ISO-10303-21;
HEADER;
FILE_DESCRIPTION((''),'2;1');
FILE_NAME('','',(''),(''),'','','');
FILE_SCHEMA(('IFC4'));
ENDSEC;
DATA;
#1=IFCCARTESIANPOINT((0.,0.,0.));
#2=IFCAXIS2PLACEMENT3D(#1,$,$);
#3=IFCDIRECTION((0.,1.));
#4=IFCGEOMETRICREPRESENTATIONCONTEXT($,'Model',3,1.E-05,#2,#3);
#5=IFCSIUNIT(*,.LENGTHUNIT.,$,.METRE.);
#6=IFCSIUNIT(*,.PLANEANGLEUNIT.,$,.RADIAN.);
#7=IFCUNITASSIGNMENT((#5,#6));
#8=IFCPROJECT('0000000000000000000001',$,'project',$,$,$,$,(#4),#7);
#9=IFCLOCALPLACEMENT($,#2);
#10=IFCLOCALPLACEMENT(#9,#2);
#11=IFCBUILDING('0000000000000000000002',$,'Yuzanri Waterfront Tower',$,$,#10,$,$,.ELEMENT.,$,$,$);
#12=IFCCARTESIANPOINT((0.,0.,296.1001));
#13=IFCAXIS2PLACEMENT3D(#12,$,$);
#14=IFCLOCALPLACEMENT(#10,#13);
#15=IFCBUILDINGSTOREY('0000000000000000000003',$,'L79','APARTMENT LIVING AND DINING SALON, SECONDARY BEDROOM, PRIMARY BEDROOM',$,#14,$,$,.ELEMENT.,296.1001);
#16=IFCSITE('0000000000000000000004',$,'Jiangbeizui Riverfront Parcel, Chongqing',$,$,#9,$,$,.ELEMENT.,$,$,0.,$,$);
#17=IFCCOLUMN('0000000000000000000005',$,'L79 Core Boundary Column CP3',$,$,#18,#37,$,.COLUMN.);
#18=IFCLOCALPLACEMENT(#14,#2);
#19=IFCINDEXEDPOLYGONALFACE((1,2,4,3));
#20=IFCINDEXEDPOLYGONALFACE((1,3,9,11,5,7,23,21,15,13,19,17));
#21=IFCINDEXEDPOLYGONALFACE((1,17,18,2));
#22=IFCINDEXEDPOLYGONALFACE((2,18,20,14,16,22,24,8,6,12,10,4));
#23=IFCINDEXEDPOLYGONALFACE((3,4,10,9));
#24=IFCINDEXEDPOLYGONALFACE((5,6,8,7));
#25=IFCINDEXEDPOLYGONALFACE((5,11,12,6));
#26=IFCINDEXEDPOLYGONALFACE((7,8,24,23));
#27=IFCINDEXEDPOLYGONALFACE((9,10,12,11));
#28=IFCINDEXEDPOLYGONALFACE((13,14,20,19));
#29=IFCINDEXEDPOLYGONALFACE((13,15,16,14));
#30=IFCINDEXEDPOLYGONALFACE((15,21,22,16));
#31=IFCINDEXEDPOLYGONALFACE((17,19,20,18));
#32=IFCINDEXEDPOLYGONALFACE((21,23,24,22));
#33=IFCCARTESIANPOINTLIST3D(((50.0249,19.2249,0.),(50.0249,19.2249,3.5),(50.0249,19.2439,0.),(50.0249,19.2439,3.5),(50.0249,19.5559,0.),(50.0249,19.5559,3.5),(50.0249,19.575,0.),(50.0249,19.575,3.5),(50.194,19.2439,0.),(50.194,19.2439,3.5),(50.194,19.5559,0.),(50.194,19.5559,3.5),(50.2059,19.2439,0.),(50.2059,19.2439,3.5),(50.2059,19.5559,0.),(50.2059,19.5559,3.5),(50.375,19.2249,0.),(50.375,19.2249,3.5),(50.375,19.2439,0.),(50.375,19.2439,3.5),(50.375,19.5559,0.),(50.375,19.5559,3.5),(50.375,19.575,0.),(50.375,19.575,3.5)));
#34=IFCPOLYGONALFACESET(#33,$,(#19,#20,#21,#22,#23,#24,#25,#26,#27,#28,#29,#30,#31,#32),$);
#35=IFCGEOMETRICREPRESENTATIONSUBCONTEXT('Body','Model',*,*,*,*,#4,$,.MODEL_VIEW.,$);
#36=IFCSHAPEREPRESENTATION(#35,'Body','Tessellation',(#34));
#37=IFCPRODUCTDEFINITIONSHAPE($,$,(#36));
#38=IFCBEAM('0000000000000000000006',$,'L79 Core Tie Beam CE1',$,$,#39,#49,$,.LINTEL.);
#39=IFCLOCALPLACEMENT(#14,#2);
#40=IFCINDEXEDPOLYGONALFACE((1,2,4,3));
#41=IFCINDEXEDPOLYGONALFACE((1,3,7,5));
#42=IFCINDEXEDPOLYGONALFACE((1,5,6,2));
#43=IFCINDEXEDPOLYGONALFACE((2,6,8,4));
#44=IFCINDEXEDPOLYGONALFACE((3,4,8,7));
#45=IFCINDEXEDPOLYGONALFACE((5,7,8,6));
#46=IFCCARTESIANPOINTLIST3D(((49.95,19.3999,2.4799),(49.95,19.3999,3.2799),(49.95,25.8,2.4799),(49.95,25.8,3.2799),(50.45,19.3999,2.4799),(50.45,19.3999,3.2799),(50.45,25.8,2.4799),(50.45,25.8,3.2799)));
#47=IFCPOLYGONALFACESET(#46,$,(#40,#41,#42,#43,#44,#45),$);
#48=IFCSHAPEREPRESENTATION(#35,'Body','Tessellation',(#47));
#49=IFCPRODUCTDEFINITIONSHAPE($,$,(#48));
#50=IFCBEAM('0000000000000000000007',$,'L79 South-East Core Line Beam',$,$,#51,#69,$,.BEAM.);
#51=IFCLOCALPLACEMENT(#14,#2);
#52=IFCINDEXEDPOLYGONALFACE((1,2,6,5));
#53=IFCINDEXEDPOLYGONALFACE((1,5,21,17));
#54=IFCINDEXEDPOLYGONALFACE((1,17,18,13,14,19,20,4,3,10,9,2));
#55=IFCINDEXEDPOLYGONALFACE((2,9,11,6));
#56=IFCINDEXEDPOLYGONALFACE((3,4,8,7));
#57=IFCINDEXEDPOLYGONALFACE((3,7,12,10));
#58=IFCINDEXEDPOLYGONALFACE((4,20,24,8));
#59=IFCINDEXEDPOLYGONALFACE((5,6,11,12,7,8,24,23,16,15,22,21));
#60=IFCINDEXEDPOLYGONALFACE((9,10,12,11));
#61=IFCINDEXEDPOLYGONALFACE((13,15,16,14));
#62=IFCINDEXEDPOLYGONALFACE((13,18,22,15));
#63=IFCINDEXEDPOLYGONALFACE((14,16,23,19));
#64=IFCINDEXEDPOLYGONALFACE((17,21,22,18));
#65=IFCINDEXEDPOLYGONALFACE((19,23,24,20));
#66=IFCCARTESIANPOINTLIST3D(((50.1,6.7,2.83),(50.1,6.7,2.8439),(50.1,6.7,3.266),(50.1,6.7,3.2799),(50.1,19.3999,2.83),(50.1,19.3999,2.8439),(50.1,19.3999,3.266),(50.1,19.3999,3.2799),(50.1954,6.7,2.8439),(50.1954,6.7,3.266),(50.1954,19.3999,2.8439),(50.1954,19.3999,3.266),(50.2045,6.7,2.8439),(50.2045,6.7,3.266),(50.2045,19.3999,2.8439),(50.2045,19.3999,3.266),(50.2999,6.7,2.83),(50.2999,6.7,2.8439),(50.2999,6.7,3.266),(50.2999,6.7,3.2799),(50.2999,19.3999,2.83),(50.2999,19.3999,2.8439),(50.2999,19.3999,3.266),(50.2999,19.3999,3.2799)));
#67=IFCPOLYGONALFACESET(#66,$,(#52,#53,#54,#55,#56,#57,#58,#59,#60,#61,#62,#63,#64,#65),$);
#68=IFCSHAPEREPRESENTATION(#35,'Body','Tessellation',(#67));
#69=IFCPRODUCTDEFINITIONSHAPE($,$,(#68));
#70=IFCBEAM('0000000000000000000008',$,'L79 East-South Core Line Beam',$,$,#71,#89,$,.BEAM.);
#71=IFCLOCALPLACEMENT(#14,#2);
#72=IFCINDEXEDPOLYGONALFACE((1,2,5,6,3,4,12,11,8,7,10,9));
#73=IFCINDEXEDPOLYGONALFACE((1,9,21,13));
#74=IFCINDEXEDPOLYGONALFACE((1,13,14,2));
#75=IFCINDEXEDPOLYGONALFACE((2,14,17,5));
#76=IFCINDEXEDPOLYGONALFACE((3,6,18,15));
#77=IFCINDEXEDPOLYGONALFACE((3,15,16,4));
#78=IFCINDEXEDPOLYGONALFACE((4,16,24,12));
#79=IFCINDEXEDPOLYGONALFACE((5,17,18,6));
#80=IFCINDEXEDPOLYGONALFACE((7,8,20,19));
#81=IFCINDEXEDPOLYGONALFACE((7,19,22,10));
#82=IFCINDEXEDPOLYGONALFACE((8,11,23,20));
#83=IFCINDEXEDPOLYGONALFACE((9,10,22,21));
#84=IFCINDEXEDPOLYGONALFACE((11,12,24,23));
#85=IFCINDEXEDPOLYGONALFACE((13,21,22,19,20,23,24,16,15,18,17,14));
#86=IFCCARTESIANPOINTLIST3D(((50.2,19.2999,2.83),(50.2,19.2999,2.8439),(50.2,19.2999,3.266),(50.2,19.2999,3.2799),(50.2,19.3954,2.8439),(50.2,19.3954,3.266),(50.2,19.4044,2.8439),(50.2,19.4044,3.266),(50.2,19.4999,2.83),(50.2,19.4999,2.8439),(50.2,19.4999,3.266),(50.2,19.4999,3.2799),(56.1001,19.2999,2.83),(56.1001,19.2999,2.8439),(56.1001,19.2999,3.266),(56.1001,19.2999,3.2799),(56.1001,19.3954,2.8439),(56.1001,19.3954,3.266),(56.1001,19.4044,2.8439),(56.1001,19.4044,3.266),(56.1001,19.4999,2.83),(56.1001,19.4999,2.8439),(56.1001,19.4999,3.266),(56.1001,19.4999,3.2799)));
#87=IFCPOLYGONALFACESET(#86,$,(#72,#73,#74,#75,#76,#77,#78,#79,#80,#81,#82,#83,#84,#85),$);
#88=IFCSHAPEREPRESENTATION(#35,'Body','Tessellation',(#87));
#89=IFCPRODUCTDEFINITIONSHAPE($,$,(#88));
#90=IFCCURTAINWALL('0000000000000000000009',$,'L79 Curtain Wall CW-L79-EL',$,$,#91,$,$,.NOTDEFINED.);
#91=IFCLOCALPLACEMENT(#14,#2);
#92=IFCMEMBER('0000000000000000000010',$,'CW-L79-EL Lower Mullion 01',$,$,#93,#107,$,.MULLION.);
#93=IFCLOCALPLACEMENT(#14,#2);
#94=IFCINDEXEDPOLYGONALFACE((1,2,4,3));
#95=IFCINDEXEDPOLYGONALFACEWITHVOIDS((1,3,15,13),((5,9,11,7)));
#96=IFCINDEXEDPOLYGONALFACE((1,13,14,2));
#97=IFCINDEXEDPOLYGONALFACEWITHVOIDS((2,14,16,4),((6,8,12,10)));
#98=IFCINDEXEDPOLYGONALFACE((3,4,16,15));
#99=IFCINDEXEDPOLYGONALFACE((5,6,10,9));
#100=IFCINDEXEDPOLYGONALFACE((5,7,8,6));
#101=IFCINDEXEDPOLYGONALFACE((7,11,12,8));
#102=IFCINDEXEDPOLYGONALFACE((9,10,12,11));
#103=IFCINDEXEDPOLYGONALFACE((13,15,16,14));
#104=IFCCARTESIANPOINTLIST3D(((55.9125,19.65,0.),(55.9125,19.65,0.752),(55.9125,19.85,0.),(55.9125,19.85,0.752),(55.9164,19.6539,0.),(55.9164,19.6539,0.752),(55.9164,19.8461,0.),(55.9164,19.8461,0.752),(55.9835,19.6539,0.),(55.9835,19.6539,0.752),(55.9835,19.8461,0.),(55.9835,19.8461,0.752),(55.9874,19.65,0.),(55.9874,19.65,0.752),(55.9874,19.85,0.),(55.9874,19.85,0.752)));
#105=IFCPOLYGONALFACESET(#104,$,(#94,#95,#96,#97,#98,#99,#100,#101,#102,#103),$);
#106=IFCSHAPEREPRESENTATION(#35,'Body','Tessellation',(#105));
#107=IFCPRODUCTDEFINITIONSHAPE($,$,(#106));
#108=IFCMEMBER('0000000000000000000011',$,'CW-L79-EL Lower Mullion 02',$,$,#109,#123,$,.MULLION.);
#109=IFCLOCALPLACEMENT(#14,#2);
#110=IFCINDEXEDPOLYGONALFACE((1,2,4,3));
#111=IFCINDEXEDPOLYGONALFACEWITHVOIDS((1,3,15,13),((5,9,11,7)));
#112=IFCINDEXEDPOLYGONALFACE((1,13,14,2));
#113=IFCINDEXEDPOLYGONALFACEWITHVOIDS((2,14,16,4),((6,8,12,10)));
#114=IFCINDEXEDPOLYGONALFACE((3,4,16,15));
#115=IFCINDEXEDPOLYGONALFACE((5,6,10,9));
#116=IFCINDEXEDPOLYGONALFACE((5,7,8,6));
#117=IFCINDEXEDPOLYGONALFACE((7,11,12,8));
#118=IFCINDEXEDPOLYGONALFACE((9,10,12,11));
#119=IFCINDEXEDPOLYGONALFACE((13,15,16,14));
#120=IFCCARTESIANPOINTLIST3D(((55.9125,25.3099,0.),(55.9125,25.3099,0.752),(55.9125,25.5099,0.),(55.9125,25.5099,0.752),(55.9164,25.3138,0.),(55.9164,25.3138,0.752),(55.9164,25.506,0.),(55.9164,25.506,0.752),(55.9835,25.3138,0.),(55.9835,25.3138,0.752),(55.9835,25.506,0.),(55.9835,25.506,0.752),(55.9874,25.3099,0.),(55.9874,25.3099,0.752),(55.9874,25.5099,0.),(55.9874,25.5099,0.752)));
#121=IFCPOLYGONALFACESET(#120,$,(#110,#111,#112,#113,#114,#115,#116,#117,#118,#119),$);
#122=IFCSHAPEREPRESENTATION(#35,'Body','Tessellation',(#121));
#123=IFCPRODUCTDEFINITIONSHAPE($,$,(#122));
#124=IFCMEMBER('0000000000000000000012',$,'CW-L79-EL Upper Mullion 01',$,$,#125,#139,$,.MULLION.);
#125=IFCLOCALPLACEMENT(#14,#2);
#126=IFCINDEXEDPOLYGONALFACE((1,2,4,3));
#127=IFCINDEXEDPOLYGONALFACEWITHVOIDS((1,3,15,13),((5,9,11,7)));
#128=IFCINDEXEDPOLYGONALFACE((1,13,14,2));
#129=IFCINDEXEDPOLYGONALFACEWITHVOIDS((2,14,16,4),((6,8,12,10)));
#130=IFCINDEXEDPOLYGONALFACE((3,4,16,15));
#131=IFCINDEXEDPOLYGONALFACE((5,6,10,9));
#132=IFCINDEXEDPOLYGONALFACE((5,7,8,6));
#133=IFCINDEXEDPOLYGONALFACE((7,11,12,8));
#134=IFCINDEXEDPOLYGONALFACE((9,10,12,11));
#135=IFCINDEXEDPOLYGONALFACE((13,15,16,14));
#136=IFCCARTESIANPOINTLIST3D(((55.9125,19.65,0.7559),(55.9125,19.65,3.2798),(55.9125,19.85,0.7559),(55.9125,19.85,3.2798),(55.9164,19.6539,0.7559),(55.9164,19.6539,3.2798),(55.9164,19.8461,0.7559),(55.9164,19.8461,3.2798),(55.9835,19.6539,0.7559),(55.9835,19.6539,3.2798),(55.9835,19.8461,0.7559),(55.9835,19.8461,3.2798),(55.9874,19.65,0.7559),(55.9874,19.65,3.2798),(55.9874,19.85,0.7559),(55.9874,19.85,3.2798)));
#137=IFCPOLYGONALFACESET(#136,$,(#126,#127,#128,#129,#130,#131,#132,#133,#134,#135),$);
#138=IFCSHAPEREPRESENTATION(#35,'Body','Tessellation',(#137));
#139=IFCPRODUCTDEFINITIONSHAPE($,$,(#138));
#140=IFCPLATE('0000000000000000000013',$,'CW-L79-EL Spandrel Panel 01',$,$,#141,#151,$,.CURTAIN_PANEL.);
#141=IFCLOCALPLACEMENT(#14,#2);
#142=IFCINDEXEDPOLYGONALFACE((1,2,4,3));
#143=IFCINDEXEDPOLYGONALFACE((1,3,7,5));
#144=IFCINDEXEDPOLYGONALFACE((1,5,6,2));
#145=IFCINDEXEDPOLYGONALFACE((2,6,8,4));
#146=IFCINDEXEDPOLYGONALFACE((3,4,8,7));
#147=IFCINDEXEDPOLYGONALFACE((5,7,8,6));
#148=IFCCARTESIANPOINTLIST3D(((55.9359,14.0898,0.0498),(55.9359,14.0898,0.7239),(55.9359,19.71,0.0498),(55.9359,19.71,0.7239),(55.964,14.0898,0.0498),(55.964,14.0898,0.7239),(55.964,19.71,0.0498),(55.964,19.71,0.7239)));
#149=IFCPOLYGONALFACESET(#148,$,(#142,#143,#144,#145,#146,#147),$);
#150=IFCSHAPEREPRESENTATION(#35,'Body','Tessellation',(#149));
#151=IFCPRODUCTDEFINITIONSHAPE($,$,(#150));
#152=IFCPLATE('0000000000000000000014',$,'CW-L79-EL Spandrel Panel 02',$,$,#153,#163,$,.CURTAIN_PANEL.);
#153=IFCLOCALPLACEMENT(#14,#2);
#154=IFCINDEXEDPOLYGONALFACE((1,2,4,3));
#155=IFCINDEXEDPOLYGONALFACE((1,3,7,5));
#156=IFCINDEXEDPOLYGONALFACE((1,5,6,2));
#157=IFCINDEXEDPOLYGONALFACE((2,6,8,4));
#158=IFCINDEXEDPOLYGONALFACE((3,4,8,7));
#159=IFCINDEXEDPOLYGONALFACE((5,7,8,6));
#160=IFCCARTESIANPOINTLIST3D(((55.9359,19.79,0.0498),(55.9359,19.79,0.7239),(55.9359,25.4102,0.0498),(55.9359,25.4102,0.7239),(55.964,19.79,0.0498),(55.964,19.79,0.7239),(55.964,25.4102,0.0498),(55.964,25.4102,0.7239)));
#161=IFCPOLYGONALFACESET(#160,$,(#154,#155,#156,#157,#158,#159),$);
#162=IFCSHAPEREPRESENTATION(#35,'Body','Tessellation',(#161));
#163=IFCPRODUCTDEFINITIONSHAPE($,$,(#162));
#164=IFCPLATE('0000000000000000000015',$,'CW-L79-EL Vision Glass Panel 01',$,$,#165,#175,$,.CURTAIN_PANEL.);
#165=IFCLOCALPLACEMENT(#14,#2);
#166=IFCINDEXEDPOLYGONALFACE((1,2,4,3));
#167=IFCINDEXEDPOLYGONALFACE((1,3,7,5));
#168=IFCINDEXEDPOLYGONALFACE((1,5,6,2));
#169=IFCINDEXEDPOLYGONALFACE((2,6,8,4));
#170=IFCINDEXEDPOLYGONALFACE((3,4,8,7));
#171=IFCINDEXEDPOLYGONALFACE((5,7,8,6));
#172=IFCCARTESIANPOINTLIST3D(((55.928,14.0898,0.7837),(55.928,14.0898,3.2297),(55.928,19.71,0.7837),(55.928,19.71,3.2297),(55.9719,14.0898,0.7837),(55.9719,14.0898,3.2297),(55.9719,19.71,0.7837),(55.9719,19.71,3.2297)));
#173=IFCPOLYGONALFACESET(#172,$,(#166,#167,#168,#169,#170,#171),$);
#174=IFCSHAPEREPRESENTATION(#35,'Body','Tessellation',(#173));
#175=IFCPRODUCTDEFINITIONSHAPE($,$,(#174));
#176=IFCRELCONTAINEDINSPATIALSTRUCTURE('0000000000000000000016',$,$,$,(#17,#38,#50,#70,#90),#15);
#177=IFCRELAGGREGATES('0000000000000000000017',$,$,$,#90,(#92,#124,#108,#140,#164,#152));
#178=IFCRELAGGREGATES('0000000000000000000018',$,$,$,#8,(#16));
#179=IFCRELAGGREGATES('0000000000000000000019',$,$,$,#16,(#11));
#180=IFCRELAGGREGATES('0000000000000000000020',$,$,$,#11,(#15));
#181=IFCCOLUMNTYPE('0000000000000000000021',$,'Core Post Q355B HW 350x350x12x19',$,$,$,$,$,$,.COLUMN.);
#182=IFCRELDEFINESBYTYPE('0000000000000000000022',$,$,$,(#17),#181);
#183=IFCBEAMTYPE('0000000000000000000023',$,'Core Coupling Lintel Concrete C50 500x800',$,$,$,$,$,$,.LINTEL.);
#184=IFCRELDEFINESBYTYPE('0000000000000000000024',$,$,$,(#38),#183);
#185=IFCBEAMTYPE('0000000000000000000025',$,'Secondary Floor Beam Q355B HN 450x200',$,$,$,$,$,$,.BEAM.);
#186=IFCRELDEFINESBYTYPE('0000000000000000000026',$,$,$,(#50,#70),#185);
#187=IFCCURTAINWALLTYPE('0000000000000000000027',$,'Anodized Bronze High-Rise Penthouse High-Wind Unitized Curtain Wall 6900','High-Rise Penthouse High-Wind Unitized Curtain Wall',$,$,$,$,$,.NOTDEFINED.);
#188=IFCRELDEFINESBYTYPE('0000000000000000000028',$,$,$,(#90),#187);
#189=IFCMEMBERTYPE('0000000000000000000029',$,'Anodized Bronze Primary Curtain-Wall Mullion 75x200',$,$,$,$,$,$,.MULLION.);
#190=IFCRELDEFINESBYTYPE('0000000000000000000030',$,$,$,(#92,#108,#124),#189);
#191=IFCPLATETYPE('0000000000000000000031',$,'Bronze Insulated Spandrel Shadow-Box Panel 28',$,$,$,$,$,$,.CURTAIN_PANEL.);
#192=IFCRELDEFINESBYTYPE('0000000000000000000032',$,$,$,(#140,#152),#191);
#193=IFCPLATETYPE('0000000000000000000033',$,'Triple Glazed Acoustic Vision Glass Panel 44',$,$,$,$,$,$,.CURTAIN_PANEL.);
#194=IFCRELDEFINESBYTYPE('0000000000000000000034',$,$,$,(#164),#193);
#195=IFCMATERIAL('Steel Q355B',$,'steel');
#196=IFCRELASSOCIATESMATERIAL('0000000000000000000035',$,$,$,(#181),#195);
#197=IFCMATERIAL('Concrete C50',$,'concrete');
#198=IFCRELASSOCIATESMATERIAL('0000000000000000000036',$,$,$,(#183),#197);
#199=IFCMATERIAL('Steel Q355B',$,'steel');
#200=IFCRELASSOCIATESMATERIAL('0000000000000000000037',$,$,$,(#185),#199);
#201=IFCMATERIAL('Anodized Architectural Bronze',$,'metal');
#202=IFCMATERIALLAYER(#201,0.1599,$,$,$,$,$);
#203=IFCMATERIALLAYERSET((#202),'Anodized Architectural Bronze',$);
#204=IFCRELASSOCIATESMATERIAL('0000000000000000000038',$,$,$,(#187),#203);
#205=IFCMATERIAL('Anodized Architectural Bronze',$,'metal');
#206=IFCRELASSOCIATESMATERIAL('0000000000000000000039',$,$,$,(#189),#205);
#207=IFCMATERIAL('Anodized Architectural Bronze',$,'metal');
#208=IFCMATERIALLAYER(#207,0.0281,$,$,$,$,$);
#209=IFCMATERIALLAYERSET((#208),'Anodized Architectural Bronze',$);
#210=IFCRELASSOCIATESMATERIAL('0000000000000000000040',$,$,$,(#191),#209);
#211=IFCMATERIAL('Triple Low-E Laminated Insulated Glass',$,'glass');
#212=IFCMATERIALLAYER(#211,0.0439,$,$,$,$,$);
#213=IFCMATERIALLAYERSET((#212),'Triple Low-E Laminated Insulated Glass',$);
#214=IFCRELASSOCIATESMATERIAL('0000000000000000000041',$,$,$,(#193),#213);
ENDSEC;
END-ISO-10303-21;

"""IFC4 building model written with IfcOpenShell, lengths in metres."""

from ifc_helpers import new_model, si_unit, direction, frame, origin, origin_2d, place, context, subcontext, project, spatial, rectangle, hollow_rectangle, i_section, extrude, source, transform, mapped, material, layer, layer_set, material_profile, profile_set, type_object, element, aggregate, save


model = new_model("IFC4")

# Units and contexts
model_context = context("Model", 3, precision=1e-05, world=origin(), true_north=direction((0.0, 1.0)))
body_context = subcontext(model_context, "Body", "Model", "MODEL_VIEW")
ifc_project = project(units=[si_unit("LENGTHUNIT", "METRE"), si_unit("PLANEANGLEUNIT", "RADIAN")], contexts=[model_context])

# Site, building, storey
site_placement = place(None, origin())
site = spatial("IfcSite", under=ifc_project, at=site_placement, Name="Jiangbeizui Riverfront Parcel, Chongqing", CompositionType="ELEMENT", RefElevation=0.0)
building_placement = place(site_placement, origin())
building = spatial("IfcBuilding", under=site, at=building_placement, Name="Yuzanri Waterfront Tower", CompositionType="ELEMENT")
storey_placement = place(building_placement, frame((0.0, 0.0, 296.1001)))
storey = spatial("IfcBuildingStorey", under=building, at=storey_placement, Name="L79", Description="APARTMENT LIVING AND DINING SALON, SECONDARY BEDROOM, PRIMARY BEDROOM", CompositionType="ELEMENT", Elevation=296.1001)

# Column
ifc_material_1 = material(Name="Steel Q355B", Category="steel")
ifc_material_profile_1 = material_profile(ifc_material_1, i_section(OverallWidth=0.3501, OverallDepth=0.3501, WebThickness=0.012, FlangeThickness=0.019, at=origin_2d()), Name="HW 350x350x12x19")
ifc_profile_set_1 = profile_set([ifc_material_profile_1], Name="Steel Q355B")
column_type = type_object("IfcColumnType", Name="Core Post Q355B HW 350x350x12x19", PredefinedType="COLUMN", material=ifc_profile_set_1)
shared_shape_1 = source(origin(), body_context, "Body", "SweptSolid", [
    extrude(i_section(OverallWidth=0.3501, OverallDepth=0.3501, WebThickness=0.012, FlangeThickness=0.019, at=origin_2d()), origin(), (0.0, 0.0, 1.0), 3.5),
])
column_placement = place(storey_placement, frame((50.2, 19.3999, 0.0), z_axis=(0.0, 0.0, 1.0), x_axis=(1.0, 0.0, 0.0)))
element("IfcColumn", 1, at=column_placement, inside=storey, type_object=column_type, Name="L79 Core Boundary Column CP3", PredefinedType="COLUMN", context=body_context, shape_type="MappedRepresentation", body=[
    mapped(shared_shape_1, transform((0.0, 0.0, 0.0), scale=1.0)),
])

# Beams
ifc_material_2 = material(Name="Concrete C50", Category="concrete")
ifc_material_profile_2 = material_profile(ifc_material_2, rectangle(XDim=0.5, YDim=0.8, at=origin_2d()), Name="RC 500x800")
ifc_profile_set_2 = profile_set([ifc_material_profile_2], Name="Concrete C50")
beam_type_1 = type_object("IfcBeamType", Name="Core Coupling Lintel Concrete C50 500x800", PredefinedType="LINTEL", material=ifc_profile_set_2)
shared_shape_2 = source(origin(), body_context, "Body", "SweptSolid", [
    extrude(rectangle(XDim=0.5, YDim=0.8, at=origin_2d()), origin(), (0.0, 0.0, 1.0), 6.4001),
])
beam_1_placement = place(storey_placement, frame((50.2, 19.3999, 2.8799), z_axis=(0.0, 1.0, 0.0), x_axis=(-1.0, 0.0, 0.0)))
element("IfcBeam", 2, at=beam_1_placement, inside=storey, type_object=beam_type_1, Name="L79 Core Tie Beam CE1", PredefinedType="LINTEL", context=body_context, shape_type="MappedRepresentation", body=[
    mapped(shared_shape_2, transform((0.0, 0.0, 0.0), scale=1.0)),
])
ifc_material_3 = material(Name="Steel Q355B", Category="steel")
ifc_material_profile_3 = material_profile(ifc_material_3, i_section(OverallWidth=0.2, OverallDepth=0.45, WebThickness=0.009, FlangeThickness=0.0139, at=origin_2d()), Name="HN 450x200x9x14")
ifc_profile_set_3 = profile_set([ifc_material_profile_3], Name="Steel Q355B")
beam_type_2 = type_object("IfcBeamType", Name="Secondary Floor Beam Q355B HN 450x200", PredefinedType="BEAM", material=ifc_profile_set_3)
shared_shape_3 = source(origin(), body_context, "Body", "SweptSolid", [
    extrude(i_section(OverallWidth=0.2, OverallDepth=0.45, WebThickness=0.009, FlangeThickness=0.0139, at=origin_2d()), origin(), (0.0, 0.0, 1.0), 12.7),
])
beam_2_placement = place(storey_placement, frame((50.2, 19.3999, 3.0549), z_axis=(0.0, -1.0, 0.0), x_axis=(1.0, 0.0, 0.0)))
element("IfcBeam", 3, at=beam_2_placement, inside=storey, type_object=beam_type_2, Name="L79 South-East Core Line Beam", PredefinedType="BEAM", context=body_context, shape_type="MappedRepresentation", body=[
    mapped(shared_shape_3, transform((0.0, 0.0, 0.0), scale=1.0)),
])
shared_shape_4 = source(origin(), body_context, "Body", "SweptSolid", [
    extrude(i_section(OverallWidth=0.2, OverallDepth=0.45, WebThickness=0.009, FlangeThickness=0.0139, at=origin_2d()), origin(), (0.0, 0.0, 1.0), 5.9001),
])
beam_3_placement = place(storey_placement, frame((50.2, 19.3999, 3.0549), z_axis=(1.0, 0.0, 0.0), x_axis=(0.0, 1.0, 0.0)))
element("IfcBeam", 4, at=beam_3_placement, inside=storey, type_object=beam_type_2, Name="L79 East-South Core Line Beam", PredefinedType="BEAM", context=body_context, shape_type="MappedRepresentation", body=[
    mapped(shared_shape_4, transform((0.0, 0.0, 0.0), scale=1.0)),
])

# Curtain wall, members, plates
ifc_material_4 = material(Name="Anodized Architectural Bronze", Category="metal")
ifc_layer_1 = layer(ifc_material_4, 0.1599)
ifc_layer_set_1 = layer_set([ifc_layer_1], Name="Anodized Architectural Bronze")
curtain_wall_type = type_object("IfcCurtainWallType", Name="Anodized Bronze High-Rise Penthouse High-Wind Unitized Curtain Wall 6900", Description="High-Rise Penthouse High-Wind Unitized Curtain Wall", PredefinedType="NOTDEFINED", material=ifc_layer_set_1)
curtain_wall_placement = place(storey_placement, origin())
curtain_wall = element("IfcCurtainWall", 5, at=curtain_wall_placement, inside=storey, type_object=curtain_wall_type, Name="L79 Curtain Wall CW-L79-EL", PredefinedType="NOTDEFINED")
ifc_material_5 = material(Name="Anodized Architectural Bronze", Category="metal")
ifc_material_profile_4 = material_profile(ifc_material_5, hollow_rectangle(XDim=0.075, YDim=0.2, WallThickness=0.0039, at=origin_2d()), Name="CWM 75x200")
ifc_profile_set_4 = profile_set([ifc_material_profile_4], Name="Anodized Architectural Bronze")
member_type = type_object("IfcMemberType", Name="Anodized Bronze Primary Curtain-Wall Mullion 75x200", PredefinedType="MULLION", material=ifc_profile_set_4)
shared_shape_5 = source(origin(), body_context, "Body", "SweptSolid", [
    extrude(hollow_rectangle(XDim=0.075, YDim=0.2, WallThickness=0.0039, at=origin_2d()), origin(), (0.0, 0.0, 1.0), 0.752),
])
member_1_placement = place(storey_placement, frame((55.95, 19.75, 0.0), z_axis=(0.0, 0.0, 1.0), x_axis=(1.0, 0.0, 0.0)))
member_1 = element("IfcMember", 6, at=member_1_placement, type_object=member_type, Name="CW-L79-EL Lower Mullion 01", PredefinedType="MULLION", context=body_context, shape_type="MappedRepresentation", body=[
    mapped(shared_shape_5, transform((0.0, 0.0, 0.0), scale=1.0)),
])
member_2_placement = place(storey_placement, frame((55.95, 25.4099, 0.0), z_axis=(0.0, 0.0, 1.0), x_axis=(1.0, 0.0, 0.0)))
member_2 = element("IfcMember", 7, at=member_2_placement, type_object=member_type, Name="CW-L79-EL Lower Mullion 02", PredefinedType="MULLION", context=body_context, shape_type="MappedRepresentation", body=[
    mapped(shared_shape_5, transform((0.0, 0.0, 0.0), scale=1.0)),
])
shared_shape_6 = source(origin(), body_context, "Body", "SweptSolid", [
    extrude(hollow_rectangle(XDim=0.075, YDim=0.2, WallThickness=0.0039, at=origin_2d()), origin(), (0.0, 0.0, 1.0), 2.5239),
])
member_3_placement = place(storey_placement, frame((55.95, 19.75, 0.7559), z_axis=(0.0, 0.0, 1.0), x_axis=(1.0, 0.0, 0.0)))
member_3 = element("IfcMember", 8, at=member_3_placement, type_object=member_type, Name="CW-L79-EL Upper Mullion 01", PredefinedType="MULLION", context=body_context, shape_type="MappedRepresentation", body=[
    mapped(shared_shape_6, transform((0.0, 0.0, 0.0), scale=1.0)),
])
ifc_material_6 = material(Name="Anodized Architectural Bronze", Category="metal")
ifc_layer_2 = layer(ifc_material_6, 0.0281)
ifc_layer_set_2 = layer_set([ifc_layer_2], Name="Anodized Architectural Bronze")
plate_type_1 = type_object("IfcPlateType", Name="Bronze Insulated Spandrel Shadow-Box Panel 28", PredefinedType="CURTAIN_PANEL", material=ifc_layer_set_2)
shared_shape_7 = source(origin(), body_context, "Body", "SweptSolid", [
    extrude(rectangle(XDim=5.6201, YDim=0.0281, at=origin_2d()), origin(), (0.0, 0.0, 1.0), 0.6741),
])
plate_1_placement = place(storey_placement, frame((55.95, 16.8999, 0.0498), z_axis=(0.0, 0.0, 1.0), x_axis=(0.0, 1.0, 0.0)))
plate_1 = element("IfcPlate", 9, at=plate_1_placement, type_object=plate_type_1, Name="CW-L79-EL Spandrel Panel 01", PredefinedType="CURTAIN_PANEL", context=body_context, shape_type="MappedRepresentation", body=[
    mapped(shared_shape_7, transform((0.0, 0.0, 0.0), scale=1.0)),
])
plate_2_placement = place(storey_placement, frame((55.95, 22.6001, 0.0498), z_axis=(0.0, 0.0, 1.0), x_axis=(0.0, 1.0, 0.0)))
plate_2 = element("IfcPlate", 10, at=plate_2_placement, type_object=plate_type_1, Name="CW-L79-EL Spandrel Panel 02", PredefinedType="CURTAIN_PANEL", context=body_context, shape_type="MappedRepresentation", body=[
    mapped(shared_shape_7, transform((0.0, 0.0, 0.0), scale=1.0)),
])
ifc_material_7 = material(Name="Triple Low-E Laminated Insulated Glass", Category="glass")
ifc_layer_3 = layer(ifc_material_7, 0.0439)
ifc_layer_set_3 = layer_set([ifc_layer_3], Name="Triple Low-E Laminated Insulated Glass")
plate_type_2 = type_object("IfcPlateType", Name="Triple Glazed Acoustic Vision Glass Panel 44", PredefinedType="CURTAIN_PANEL", material=ifc_layer_set_3)
shared_shape_8 = source(origin(), body_context, "Body", "SweptSolid", [
    extrude(rectangle(XDim=5.6201, YDim=0.0439, at=origin_2d()), origin(), (0.0, 0.0, 1.0), 2.446),
])
plate_3_placement = place(storey_placement, frame((55.95, 16.8999, 0.7837), z_axis=(0.0, 0.0, 1.0), x_axis=(0.0, 1.0, 0.0)))
plate_3 = element("IfcPlate", 11, at=plate_3_placement, type_object=plate_type_2, Name="CW-L79-EL Vision Glass Panel 01", PredefinedType="CURTAIN_PANEL", context=body_context, shape_type="MappedRepresentation", body=[
    mapped(shared_shape_8, transform((0.0, 0.0, 0.0), scale=1.0)),
])
aggregate(curtain_wall, [member_1, member_3, member_2, plate_1, plate_3, plate_2])

save(model, "model.ifc")
